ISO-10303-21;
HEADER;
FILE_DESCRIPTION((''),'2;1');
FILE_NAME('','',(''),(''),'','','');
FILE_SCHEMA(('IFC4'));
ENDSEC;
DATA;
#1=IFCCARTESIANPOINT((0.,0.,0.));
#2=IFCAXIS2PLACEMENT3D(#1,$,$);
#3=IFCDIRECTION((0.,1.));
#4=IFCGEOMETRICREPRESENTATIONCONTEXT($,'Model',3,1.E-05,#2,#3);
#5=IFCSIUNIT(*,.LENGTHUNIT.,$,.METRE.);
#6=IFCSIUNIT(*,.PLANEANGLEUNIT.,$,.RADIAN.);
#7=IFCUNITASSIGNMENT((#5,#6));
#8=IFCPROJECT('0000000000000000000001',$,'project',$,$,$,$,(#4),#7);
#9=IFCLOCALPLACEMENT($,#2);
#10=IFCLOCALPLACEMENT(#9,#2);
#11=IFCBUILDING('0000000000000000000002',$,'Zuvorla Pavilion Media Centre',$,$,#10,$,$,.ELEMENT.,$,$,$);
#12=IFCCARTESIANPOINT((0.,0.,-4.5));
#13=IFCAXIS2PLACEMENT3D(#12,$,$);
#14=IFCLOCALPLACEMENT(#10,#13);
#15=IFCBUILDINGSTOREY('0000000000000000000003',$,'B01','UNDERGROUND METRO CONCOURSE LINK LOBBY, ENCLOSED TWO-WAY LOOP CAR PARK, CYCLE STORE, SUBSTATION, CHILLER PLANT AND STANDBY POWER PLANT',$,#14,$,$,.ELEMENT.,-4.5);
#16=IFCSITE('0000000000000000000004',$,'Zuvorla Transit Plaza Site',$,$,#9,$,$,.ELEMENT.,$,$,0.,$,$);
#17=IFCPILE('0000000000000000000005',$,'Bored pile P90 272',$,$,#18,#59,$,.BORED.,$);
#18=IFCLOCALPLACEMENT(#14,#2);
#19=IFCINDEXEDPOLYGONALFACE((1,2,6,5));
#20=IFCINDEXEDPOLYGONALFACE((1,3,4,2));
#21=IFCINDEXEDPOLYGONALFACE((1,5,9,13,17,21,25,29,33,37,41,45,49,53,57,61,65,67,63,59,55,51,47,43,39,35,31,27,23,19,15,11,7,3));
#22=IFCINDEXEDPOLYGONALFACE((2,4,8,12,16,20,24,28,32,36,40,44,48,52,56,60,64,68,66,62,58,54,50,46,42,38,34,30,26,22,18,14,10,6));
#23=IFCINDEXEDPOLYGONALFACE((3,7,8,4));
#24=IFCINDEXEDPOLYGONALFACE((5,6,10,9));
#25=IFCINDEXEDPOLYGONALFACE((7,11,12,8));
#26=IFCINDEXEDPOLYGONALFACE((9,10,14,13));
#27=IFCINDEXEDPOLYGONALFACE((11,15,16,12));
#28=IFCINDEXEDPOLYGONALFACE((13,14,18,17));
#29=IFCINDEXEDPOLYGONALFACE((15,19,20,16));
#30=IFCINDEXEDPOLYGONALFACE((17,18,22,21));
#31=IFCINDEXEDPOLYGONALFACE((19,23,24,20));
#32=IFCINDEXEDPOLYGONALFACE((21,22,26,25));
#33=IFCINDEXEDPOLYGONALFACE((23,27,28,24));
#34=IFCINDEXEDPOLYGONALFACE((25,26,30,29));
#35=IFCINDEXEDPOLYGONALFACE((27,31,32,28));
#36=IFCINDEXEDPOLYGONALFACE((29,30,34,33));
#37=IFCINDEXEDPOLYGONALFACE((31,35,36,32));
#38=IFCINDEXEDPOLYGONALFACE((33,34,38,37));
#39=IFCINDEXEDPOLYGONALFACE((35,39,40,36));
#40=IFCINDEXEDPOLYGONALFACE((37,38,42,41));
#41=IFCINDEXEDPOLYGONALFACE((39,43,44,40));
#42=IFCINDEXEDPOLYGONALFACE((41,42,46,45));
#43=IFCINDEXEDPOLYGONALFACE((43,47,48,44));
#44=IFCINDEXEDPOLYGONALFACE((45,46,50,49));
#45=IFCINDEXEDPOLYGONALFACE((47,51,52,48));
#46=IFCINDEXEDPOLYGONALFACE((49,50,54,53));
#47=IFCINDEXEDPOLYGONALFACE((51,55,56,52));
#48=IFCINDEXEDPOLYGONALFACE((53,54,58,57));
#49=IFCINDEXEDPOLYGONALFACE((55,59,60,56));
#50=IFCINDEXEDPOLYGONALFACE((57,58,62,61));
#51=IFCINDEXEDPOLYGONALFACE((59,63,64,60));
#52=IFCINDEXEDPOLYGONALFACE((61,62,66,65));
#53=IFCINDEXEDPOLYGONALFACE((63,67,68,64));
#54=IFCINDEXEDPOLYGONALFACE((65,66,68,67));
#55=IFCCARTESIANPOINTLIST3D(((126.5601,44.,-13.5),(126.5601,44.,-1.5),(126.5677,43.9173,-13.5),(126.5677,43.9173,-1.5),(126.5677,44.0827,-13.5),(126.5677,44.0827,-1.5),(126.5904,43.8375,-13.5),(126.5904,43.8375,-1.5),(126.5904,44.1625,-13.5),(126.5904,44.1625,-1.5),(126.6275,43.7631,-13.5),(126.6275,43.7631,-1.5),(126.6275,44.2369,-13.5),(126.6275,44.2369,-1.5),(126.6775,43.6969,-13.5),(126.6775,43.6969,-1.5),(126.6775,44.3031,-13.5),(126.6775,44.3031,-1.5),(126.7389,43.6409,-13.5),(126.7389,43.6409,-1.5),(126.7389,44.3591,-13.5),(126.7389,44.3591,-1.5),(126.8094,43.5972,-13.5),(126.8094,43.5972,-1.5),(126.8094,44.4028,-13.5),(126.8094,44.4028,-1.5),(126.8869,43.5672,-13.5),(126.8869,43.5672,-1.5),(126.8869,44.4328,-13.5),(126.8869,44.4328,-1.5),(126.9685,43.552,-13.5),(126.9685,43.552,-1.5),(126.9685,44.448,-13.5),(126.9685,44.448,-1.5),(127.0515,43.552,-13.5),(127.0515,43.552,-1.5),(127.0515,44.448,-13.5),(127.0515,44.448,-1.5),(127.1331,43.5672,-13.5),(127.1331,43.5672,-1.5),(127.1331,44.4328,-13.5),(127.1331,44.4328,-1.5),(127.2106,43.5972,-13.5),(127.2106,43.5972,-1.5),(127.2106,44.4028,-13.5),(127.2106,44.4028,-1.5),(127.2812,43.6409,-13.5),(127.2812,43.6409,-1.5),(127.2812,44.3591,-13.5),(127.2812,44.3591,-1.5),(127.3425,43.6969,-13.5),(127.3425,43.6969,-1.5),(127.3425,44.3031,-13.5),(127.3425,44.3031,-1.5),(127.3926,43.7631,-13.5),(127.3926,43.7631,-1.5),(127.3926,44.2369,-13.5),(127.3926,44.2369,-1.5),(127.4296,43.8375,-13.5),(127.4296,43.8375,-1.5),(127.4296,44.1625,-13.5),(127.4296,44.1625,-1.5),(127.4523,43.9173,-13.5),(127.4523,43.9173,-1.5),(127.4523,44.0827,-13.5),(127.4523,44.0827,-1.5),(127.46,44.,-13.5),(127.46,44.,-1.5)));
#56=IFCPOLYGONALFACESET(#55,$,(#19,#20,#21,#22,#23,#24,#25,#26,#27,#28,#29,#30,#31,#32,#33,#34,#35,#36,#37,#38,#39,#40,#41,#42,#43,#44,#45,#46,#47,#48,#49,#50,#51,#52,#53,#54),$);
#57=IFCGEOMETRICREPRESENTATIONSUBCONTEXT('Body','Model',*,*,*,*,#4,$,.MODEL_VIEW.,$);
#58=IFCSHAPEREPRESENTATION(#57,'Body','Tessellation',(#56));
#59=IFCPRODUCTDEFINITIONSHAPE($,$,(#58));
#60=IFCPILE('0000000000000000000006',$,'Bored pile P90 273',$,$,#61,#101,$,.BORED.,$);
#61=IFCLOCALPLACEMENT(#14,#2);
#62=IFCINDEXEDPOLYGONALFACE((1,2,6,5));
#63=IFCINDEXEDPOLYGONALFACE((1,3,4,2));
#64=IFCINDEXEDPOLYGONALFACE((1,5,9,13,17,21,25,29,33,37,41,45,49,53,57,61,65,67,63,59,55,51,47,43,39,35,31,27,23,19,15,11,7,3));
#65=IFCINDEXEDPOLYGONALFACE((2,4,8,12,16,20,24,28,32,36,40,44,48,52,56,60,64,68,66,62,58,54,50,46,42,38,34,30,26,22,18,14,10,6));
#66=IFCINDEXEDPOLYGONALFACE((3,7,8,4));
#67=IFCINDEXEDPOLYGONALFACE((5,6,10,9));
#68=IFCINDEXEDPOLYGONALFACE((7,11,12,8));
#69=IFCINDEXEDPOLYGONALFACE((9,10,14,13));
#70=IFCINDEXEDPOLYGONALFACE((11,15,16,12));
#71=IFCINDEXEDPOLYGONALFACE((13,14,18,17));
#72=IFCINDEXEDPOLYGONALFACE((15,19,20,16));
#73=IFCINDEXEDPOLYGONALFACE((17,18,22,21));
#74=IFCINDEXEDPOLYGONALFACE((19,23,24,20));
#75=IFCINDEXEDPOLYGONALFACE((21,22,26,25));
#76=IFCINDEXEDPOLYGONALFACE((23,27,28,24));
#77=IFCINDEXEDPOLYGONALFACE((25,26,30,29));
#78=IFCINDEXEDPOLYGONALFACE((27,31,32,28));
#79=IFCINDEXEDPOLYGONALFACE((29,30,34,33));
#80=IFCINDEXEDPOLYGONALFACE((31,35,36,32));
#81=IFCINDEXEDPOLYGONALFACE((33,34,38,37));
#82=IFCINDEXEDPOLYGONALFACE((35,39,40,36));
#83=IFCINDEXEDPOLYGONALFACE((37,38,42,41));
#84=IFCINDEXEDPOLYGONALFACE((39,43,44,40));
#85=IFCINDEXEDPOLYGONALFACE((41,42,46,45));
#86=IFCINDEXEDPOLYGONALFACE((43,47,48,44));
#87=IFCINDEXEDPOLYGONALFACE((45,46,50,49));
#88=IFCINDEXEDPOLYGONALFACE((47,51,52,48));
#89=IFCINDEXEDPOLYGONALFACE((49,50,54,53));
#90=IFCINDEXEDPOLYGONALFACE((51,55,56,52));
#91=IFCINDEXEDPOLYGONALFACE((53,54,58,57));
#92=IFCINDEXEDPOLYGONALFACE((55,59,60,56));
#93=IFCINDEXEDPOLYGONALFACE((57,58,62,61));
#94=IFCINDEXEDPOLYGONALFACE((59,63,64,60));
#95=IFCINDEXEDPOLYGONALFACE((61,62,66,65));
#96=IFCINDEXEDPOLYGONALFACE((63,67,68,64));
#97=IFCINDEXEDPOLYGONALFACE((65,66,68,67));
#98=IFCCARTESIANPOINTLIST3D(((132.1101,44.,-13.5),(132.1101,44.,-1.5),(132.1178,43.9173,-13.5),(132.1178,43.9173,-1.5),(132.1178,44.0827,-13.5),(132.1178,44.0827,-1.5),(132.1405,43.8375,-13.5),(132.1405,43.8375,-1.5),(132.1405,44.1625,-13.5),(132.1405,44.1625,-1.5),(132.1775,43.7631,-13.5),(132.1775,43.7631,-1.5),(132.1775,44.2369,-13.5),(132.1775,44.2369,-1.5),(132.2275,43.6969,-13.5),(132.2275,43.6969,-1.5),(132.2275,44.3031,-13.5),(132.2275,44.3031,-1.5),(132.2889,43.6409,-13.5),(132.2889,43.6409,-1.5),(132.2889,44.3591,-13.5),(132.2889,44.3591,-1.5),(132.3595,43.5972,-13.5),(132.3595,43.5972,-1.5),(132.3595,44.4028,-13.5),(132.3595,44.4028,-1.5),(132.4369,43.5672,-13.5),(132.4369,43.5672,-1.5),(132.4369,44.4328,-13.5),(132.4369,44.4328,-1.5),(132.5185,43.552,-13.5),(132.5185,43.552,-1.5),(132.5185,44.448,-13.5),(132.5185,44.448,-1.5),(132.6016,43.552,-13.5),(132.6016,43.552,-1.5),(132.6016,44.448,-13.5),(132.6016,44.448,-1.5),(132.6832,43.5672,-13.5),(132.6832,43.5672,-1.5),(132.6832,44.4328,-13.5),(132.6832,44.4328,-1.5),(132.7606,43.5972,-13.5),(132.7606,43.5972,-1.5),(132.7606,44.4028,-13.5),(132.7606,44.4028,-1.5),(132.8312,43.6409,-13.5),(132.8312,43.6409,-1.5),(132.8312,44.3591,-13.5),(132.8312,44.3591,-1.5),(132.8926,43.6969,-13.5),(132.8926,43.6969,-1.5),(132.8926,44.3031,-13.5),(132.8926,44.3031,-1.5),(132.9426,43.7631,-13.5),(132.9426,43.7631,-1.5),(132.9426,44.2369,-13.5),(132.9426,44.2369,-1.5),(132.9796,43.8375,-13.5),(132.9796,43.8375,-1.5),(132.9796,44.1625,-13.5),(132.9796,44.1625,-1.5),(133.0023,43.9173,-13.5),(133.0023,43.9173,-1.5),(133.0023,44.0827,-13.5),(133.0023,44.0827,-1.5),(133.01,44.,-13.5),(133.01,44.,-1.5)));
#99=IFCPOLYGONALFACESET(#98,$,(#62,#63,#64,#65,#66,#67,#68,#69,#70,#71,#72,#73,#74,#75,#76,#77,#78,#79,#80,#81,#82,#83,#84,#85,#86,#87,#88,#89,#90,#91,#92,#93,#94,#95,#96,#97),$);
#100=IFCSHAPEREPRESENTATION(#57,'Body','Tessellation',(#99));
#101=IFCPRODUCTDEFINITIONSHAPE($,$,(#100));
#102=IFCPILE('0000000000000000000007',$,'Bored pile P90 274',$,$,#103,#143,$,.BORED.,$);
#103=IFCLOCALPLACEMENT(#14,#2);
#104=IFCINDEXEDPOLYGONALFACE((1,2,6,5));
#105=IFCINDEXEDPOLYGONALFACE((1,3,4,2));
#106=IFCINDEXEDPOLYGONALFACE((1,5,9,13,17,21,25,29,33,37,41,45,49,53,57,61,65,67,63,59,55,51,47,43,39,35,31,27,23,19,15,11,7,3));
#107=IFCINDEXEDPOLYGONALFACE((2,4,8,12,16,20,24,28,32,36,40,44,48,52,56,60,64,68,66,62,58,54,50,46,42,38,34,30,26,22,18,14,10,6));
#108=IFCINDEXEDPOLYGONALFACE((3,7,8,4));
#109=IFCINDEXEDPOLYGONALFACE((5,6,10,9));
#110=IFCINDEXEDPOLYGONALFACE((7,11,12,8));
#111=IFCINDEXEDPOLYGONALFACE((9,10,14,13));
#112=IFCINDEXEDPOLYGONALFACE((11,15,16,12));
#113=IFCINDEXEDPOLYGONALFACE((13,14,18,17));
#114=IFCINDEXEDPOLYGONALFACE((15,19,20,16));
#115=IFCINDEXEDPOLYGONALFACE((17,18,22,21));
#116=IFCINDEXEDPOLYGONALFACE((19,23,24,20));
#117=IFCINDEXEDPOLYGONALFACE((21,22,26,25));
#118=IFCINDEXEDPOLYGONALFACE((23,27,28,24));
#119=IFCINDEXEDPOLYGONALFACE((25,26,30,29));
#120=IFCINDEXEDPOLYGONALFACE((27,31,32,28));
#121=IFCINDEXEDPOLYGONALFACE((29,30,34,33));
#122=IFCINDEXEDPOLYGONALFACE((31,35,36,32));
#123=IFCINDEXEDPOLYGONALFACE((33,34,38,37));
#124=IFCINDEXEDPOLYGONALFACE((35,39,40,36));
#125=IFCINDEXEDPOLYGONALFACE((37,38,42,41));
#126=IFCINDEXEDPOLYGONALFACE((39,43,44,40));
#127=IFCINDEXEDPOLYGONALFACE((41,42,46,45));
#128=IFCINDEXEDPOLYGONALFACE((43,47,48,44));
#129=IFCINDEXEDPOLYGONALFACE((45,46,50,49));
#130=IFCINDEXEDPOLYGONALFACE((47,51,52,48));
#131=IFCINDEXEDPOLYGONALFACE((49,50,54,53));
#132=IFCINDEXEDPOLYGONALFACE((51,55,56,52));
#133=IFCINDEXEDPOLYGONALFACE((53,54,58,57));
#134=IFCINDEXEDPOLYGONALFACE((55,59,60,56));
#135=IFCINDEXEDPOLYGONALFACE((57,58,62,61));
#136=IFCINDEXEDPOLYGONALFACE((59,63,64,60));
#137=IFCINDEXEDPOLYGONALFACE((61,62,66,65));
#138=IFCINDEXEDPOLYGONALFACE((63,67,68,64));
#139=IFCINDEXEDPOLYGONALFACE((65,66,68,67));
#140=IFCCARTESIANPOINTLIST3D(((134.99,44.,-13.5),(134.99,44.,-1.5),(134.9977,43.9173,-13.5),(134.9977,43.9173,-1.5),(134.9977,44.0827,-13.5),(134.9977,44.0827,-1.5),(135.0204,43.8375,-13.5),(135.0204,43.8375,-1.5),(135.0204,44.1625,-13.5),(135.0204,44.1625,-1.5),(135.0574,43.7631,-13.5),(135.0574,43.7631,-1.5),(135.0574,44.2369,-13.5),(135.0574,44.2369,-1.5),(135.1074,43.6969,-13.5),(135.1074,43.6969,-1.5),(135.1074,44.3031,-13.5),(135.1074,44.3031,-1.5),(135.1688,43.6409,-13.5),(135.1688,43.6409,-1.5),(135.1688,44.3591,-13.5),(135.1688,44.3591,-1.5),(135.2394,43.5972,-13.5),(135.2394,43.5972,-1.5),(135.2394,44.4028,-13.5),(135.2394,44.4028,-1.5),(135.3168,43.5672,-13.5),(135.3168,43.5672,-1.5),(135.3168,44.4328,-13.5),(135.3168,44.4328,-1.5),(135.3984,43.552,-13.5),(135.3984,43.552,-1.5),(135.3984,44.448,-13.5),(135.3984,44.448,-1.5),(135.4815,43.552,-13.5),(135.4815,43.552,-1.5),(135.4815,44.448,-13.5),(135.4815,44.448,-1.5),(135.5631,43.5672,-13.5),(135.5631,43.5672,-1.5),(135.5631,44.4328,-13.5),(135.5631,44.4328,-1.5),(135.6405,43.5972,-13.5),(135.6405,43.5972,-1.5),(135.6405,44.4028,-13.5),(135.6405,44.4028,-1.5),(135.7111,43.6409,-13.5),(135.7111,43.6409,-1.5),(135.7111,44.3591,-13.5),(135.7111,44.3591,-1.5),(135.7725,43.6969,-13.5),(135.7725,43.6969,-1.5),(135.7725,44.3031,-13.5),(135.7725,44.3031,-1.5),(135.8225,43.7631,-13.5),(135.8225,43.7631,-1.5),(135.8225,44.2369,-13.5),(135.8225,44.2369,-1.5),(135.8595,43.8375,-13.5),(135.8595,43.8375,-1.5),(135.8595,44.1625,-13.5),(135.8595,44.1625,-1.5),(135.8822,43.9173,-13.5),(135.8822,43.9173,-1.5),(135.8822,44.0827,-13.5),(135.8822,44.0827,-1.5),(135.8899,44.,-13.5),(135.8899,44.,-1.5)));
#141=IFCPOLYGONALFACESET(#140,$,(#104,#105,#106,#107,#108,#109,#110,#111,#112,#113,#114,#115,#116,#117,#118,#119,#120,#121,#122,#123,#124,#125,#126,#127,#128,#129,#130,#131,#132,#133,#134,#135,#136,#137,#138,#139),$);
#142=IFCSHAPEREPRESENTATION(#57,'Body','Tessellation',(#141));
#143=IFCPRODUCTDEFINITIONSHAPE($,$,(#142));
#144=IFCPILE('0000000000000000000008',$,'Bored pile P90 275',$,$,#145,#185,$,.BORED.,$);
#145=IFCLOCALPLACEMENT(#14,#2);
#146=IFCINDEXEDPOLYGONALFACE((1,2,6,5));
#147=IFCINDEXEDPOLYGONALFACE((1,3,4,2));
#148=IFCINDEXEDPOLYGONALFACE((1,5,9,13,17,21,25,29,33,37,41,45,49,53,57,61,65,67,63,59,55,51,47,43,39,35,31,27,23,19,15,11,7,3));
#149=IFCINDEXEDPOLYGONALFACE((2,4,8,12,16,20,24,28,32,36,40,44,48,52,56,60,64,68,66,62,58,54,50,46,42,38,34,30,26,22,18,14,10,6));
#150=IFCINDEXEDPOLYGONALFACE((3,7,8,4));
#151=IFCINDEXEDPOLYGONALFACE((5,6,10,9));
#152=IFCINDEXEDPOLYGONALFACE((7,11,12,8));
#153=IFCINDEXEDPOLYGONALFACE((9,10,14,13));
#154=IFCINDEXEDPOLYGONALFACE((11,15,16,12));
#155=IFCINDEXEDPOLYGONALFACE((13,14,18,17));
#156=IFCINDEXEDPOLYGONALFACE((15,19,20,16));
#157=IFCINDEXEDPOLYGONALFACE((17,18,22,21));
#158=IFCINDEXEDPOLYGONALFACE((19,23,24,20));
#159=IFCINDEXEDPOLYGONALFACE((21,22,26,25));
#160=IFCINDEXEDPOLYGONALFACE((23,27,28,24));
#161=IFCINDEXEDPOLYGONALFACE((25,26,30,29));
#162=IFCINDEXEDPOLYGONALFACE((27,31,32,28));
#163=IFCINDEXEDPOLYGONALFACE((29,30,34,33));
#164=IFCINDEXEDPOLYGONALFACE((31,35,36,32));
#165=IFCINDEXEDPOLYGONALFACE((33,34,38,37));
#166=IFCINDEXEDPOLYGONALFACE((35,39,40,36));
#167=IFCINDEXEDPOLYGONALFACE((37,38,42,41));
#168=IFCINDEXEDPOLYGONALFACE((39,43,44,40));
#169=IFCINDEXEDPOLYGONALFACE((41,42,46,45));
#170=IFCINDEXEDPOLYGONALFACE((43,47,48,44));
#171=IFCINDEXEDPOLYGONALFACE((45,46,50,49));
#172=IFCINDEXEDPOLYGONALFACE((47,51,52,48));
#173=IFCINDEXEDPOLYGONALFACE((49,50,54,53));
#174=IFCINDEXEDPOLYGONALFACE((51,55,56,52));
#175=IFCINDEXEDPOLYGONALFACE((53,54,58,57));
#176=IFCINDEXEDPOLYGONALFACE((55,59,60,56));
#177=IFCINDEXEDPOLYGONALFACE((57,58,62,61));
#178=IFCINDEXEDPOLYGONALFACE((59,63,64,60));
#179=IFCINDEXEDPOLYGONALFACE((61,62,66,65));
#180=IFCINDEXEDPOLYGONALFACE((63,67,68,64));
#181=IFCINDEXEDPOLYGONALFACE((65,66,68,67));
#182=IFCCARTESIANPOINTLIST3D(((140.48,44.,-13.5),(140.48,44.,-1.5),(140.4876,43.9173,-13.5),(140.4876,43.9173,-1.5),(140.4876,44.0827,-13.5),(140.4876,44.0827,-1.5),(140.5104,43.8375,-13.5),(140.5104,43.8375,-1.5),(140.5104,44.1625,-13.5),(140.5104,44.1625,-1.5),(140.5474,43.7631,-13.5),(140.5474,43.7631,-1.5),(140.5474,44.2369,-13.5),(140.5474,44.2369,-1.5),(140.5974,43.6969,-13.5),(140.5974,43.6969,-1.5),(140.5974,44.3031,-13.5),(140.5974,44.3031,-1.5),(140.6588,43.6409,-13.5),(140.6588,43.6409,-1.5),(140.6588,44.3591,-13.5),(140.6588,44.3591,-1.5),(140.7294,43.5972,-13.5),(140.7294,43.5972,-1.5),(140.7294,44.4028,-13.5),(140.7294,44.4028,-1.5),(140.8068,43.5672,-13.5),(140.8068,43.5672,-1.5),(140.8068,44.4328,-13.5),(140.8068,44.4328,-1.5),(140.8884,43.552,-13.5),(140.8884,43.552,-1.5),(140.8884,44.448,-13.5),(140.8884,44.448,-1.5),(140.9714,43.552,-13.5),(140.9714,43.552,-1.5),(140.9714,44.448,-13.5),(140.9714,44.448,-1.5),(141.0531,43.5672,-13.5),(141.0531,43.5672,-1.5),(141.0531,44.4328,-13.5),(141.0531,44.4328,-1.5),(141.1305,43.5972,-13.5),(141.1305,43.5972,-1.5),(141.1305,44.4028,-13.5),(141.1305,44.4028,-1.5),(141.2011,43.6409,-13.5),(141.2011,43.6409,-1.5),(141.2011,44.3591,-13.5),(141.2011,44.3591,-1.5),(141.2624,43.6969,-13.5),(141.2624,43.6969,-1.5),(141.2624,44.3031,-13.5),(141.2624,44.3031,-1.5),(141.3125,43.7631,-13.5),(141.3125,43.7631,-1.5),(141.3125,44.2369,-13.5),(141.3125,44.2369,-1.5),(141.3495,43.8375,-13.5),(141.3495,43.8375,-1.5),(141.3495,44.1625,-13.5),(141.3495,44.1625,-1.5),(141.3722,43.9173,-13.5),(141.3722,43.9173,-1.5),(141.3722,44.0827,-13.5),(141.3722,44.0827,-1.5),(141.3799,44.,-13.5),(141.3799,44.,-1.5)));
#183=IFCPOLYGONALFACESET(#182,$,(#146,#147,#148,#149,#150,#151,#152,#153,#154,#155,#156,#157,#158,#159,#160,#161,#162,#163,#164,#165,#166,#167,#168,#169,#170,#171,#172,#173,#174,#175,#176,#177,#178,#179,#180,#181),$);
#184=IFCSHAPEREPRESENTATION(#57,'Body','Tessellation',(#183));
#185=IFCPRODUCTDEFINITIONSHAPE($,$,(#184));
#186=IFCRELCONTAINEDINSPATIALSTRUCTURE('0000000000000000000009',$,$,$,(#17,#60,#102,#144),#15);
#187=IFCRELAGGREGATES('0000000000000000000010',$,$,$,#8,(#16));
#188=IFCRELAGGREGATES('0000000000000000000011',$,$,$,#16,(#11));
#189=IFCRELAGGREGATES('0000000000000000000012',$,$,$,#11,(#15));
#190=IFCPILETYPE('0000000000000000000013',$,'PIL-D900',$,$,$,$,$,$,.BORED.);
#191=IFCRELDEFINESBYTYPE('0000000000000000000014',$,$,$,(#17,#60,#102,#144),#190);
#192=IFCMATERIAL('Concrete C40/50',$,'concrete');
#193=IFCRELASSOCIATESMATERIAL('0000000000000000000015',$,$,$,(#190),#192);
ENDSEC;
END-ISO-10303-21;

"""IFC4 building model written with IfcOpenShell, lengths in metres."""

from ifc_helpers import new_model, si_unit, direction, frame, origin, origin_2d, place, context, subcontext, project, spatial, circle, extrude, material, material_profile, profile_set, type_object, element, save


model = new_model("IFC4")

# Units and contexts
model_context = context("Model", 3, precision=1e-05, world=origin(), true_north=direction((0.0, 1.0)))
body_context = subcontext(model_context, "Body", "Model", "MODEL_VIEW")
ifc_project = project(units=[si_unit("LENGTHUNIT", "METRE"), si_unit("PLANEANGLEUNIT", "RADIAN")], contexts=[model_context])

# Site, building, storey
site_placement = place(None, origin())
site = spatial("IfcSite", under=ifc_project, at=site_placement, Name="Zuvorla Transit Plaza Site", CompositionType="ELEMENT", RefElevation=0.0)
building_placement = place(site_placement, origin())
building = spatial("IfcBuilding", under=site, at=building_placement, Name="Zuvorla Pavilion Media Centre", CompositionType="ELEMENT")
storey_placement = place(building_placement, frame((0.0, 0.0, -4.5)))
storey = spatial("IfcBuildingStorey", under=building, at=storey_placement, Name="B01", Description="UNDERGROUND METRO CONCOURSE LINK LOBBY, ENCLOSED TWO-WAY LOOP CAR PARK, CYCLE STORE, SUBSTATION, CHILLER PLANT AND STANDBY POWER PLANT", CompositionType="ELEMENT", Elevation=-4.5)

# Shared definitions
ifc_material = material(Name="Concrete C40/50", Category="concrete")

# Piles
ifc_material_profile_1 = material_profile(ifc_material, circle(Radius=0.45, at=origin_2d()), Name="BORED PILE 900")
ifc_profile_set_1 = profile_set([ifc_material_profile_1], Name="Concrete C40/50")
pile_type = type_object("IfcPileType", Name="PIL-D900", PredefinedType="BORED", material=ifc_profile_set_1)
for number, where, z_axis, x_axis, name in (
    (1, (127.01, 44.0, -1.5), (0.0, 0.0, -1.0), (1.0, 0.0, 0.0), "Bored pile P90 272"),
    (2, (132.5601, 44.0, -1.5), (0.0, 0.0, -1.0), (1.0, 0.0, 0.0), "Bored pile P90 273"),
    (3, (135.4399, 44.0, -1.5), (0.0, 0.0, -1.0), (1.0, 0.0, 0.0), "Bored pile P90 274"),
    (4, (140.9299, 44.0, -1.5), (0.0, 0.0, -1.0), (1.0, 0.0, 0.0), "Bored pile P90 275"),
):
    element("IfcPile", number, at=place(storey_placement, frame(where, z_axis=z_axis, x_axis=x_axis)), inside=storey, type_object=pile_type, Name=name, PredefinedType="BORED", context=body_context, shape_type="SweptSolid", body=[
        extrude(circle(Radius=0.45, at=origin_2d()), origin(), (0.0, 0.0, 1.0), 12.0),
    ])

save(model, "model.ifc")
